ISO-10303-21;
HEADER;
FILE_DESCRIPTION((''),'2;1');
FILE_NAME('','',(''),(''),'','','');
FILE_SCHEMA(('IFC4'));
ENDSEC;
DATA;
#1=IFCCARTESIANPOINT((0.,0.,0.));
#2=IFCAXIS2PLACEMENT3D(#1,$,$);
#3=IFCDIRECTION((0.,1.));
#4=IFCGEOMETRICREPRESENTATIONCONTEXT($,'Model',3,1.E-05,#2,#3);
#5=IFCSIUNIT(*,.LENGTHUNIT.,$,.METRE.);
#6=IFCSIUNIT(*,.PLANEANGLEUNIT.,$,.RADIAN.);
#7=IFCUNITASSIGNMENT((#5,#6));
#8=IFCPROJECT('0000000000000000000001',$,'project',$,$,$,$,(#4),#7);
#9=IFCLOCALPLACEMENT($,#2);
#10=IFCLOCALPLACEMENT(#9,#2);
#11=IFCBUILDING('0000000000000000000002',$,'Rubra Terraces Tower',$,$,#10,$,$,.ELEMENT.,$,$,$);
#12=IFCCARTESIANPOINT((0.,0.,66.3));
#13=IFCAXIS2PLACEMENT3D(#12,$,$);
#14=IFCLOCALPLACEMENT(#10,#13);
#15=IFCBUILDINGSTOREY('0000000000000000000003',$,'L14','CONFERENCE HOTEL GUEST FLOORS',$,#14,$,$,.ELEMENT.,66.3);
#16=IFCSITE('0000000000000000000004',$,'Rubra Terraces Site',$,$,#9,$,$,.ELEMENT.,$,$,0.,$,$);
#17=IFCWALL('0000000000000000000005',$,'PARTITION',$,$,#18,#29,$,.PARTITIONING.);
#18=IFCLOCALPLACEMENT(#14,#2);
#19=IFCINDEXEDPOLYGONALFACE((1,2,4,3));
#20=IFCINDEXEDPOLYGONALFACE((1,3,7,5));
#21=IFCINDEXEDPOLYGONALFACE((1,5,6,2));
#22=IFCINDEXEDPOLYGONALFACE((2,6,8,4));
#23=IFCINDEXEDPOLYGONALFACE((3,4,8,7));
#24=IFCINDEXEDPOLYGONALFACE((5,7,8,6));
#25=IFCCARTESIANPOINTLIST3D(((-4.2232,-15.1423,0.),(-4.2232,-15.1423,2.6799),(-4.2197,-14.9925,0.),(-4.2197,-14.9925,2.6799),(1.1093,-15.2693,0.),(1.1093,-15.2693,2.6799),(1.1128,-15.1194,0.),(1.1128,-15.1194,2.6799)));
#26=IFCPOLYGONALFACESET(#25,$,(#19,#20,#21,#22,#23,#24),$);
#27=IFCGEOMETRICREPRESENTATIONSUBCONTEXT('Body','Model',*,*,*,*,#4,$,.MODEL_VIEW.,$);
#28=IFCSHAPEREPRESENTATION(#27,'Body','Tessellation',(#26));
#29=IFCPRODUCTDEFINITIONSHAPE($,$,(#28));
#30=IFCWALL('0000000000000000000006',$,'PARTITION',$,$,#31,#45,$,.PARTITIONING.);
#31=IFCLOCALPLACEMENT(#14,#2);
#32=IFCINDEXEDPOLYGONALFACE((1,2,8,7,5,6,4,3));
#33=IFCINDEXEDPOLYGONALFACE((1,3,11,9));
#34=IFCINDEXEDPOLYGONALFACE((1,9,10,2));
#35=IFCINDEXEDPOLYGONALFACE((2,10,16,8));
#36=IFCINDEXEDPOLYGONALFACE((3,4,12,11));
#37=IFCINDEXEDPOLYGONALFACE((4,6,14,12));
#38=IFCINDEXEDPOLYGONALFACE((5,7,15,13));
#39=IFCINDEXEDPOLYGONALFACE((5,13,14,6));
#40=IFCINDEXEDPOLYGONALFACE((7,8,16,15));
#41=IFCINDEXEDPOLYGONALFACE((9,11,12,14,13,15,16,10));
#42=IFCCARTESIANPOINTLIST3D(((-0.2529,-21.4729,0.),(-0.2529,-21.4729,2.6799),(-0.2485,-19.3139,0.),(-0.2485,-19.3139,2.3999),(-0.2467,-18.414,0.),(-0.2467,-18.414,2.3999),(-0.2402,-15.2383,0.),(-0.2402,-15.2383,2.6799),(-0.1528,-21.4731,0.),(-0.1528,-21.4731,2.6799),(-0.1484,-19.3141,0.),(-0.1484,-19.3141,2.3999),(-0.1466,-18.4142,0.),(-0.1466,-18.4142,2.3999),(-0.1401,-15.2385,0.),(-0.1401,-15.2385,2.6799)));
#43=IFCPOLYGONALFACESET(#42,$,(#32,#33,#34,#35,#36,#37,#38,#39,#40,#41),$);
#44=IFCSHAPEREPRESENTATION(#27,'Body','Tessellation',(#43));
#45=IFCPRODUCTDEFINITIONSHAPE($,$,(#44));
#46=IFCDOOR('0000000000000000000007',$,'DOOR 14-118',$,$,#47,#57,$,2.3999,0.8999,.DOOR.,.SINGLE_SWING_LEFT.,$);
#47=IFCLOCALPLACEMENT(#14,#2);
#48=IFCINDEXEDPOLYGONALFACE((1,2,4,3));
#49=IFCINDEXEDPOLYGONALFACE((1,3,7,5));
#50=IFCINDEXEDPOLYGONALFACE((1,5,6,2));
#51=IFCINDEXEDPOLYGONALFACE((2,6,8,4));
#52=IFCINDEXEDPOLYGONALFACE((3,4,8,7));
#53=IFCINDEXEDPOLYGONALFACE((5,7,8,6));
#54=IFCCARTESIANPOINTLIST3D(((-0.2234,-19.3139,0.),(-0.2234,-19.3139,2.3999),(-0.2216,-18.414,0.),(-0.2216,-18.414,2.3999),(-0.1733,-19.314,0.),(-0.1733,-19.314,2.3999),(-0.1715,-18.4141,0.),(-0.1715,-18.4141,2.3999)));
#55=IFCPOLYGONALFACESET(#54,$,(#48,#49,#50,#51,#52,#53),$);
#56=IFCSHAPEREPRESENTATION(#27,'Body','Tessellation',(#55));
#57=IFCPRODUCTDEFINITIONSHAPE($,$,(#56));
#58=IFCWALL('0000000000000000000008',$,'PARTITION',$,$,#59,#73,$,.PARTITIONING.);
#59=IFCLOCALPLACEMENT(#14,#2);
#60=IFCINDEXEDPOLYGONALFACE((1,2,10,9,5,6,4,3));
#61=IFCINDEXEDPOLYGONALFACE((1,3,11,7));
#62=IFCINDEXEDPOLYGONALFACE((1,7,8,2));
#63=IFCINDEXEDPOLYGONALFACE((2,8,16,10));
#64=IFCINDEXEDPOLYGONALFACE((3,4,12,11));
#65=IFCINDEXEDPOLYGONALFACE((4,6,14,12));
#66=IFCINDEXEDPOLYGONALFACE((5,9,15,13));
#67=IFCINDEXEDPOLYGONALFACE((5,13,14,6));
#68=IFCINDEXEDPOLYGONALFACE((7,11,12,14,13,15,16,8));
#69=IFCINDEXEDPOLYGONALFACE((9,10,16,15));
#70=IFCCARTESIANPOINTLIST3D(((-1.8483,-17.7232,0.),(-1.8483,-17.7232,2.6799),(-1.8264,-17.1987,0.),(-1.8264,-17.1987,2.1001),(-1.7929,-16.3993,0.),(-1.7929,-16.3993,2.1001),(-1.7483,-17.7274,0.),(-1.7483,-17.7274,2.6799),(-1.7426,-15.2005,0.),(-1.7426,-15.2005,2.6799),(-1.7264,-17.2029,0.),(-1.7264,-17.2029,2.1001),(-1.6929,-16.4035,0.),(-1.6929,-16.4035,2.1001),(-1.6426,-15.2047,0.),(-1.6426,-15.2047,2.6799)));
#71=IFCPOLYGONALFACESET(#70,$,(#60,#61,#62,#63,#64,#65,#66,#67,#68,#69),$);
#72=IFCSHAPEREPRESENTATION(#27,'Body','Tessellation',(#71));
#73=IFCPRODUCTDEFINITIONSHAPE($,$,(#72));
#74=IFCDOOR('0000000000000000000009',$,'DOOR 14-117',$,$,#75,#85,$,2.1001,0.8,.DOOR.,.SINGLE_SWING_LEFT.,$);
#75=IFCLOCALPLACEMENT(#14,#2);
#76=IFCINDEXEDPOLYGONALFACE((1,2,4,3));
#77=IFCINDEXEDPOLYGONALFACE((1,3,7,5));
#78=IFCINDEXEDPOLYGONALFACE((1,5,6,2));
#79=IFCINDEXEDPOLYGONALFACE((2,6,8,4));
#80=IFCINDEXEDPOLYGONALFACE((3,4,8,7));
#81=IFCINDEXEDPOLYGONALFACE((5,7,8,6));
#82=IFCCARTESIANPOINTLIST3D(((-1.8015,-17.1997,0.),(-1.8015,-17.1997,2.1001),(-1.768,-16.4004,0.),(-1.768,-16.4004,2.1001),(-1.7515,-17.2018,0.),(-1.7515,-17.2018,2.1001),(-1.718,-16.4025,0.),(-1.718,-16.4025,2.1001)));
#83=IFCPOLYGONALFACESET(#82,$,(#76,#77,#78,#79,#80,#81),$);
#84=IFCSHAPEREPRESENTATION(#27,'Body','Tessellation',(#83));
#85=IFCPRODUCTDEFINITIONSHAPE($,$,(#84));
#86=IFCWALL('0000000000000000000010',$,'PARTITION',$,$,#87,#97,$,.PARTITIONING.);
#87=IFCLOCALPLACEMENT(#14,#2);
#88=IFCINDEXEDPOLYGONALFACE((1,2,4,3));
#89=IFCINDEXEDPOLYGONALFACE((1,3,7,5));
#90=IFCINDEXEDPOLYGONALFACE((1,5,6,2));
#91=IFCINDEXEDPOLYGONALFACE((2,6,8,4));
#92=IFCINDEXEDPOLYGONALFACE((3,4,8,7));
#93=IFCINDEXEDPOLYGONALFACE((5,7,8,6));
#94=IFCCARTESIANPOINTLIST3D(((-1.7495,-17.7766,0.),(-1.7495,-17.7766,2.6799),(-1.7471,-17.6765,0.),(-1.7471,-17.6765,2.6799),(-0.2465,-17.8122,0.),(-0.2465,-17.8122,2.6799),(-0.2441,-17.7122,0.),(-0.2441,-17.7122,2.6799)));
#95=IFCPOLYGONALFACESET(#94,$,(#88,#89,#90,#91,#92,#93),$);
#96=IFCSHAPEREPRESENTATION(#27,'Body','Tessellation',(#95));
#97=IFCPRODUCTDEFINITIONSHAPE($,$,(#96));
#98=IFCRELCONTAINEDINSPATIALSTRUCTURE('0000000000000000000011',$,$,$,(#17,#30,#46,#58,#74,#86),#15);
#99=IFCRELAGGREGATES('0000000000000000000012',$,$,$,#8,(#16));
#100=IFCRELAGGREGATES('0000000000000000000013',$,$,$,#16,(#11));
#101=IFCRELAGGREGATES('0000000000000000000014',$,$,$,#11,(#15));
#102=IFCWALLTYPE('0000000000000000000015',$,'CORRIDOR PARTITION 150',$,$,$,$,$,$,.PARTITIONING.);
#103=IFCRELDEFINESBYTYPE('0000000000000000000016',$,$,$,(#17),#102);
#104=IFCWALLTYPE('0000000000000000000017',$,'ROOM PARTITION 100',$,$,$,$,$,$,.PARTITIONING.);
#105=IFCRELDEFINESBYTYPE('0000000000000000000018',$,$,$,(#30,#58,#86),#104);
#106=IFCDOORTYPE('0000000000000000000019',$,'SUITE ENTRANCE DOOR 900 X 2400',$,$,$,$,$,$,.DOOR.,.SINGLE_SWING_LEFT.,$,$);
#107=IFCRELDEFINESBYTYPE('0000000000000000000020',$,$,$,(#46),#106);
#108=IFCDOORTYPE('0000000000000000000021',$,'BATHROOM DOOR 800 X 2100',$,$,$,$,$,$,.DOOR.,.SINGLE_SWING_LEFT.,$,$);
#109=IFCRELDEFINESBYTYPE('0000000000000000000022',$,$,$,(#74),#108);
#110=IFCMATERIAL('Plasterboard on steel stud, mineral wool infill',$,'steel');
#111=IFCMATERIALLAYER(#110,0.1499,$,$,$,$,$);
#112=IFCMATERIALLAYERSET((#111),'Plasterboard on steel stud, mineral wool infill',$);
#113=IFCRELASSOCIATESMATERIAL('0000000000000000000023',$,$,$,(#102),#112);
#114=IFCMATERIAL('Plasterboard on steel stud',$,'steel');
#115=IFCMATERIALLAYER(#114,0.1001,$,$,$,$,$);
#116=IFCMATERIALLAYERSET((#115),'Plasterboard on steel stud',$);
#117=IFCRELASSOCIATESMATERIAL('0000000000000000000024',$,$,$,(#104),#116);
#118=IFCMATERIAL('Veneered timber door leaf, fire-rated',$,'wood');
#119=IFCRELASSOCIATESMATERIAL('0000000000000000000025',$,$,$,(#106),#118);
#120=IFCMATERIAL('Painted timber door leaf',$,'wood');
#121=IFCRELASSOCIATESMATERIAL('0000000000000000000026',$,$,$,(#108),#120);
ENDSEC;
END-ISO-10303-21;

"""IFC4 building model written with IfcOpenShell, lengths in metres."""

from ifc_helpers import new_model, si_unit, direction, frame, frame_2d, origin, place, context, subcontext, project, spatial, rectangle, extrude, material, layer, layer_set, type_object, element, fill, save


model = new_model("IFC4")

# Units and contexts
model_context = context("Model", 3, precision=1e-05, world=origin(), true_north=direction((0.0, 1.0)))
body_context = subcontext(model_context, "Body", "Model", "MODEL_VIEW")
ifc_project = project(units=[si_unit("LENGTHUNIT", "METRE"), si_unit("PLANEANGLEUNIT", "RADIAN")], contexts=[model_context])

# Site, building, storey
site_placement = place(None, origin())
site = spatial("IfcSite", under=ifc_project, at=site_placement, Name="Rubra Terraces Site", CompositionType="ELEMENT", RefElevation=0.0)
building_placement = place(site_placement, origin())
building = spatial("IfcBuilding", under=site, at=building_placement, Name="Rubra Terraces Tower", CompositionType="ELEMENT")
storey_placement = place(building_placement, frame((0.0, 0.0, 66.3)))
storey = spatial("IfcBuildingStorey", under=building, at=storey_placement, Name="L14", Description="CONFERENCE HOTEL GUEST FLOORS", CompositionType="ELEMENT", Elevation=66.3)

# Wall
ifc_material_1 = material(Name="Plasterboard on steel stud, mineral wool infill", Category="steel")
ifc_layer_1 = layer(ifc_material_1, 0.1499)
ifc_layer_set_1 = layer_set([ifc_layer_1], Name="Plasterboard on steel stud, mineral wool infill")
wall_type_1 = type_object("IfcWallType", Name="CORRIDOR PARTITION 150", PredefinedType="PARTITIONING", material=ifc_layer_set_1)
wall_1_placement = place(storey_placement, frame((-4.2214, -15.0674, 0.0), z_axis=(0.0, 0.0, 1.0), x_axis=(0.999717, -0.023801, 0.0)))
element("IfcWall", 1, at=wall_1_placement, inside=storey, type_object=wall_type_1, Name="PARTITION", PredefinedType="PARTITIONING", context=body_context, shape_type="SweptSolid", body=[
    extrude(rectangle(XDim=5.334, YDim=0.1499, at=frame_2d((2.667, 0.0))), origin(), (0.0, 0.0, 1.0), 2.6799),
])

# Walls, openings, doors
ifc_material_2 = material(Name="Plasterboard on steel stud", Category="steel")
ifc_layer_2 = layer(ifc_material_2, 0.1001)
ifc_layer_set_2 = layer_set([ifc_layer_2], Name="Plasterboard on steel stud")
wall_type_2 = type_object("IfcWallType", Name="ROOM PARTITION 100", PredefinedType="PARTITIONING", material=ifc_layer_set_2)
wall_2_placement = place(storey_placement, frame((-0.2029, -21.4729, 0.0), z_axis=(0.0, 0.0, 1.0), x_axis=(0.002036, 0.999998, 0.0)))
wall_2 = element("IfcWall", 2, at=wall_2_placement, inside=storey, type_object=wall_type_2, Name="PARTITION", PredefinedType="PARTITIONING", context=body_context, shape_type="SweptSolid", body=[
    extrude(rectangle(XDim=6.2346, YDim=0.1001, at=frame_2d((3.1172, 0.0))), origin(), (0.0, 0.0, 1.0), 2.6799),
])
opening_1_placement = place(wall_2_placement, frame((2.1589, 0.0, 0.0)))
opening_1 = element("IfcOpeningElement", 3, at=opening_1_placement, cuts=wall_2, PredefinedType="OPENING", context=body_context, shape_type="SweptSolid", body=[
    extrude(rectangle(XDim=0.8999, YDim=2.3999, at=frame_2d((0.45, 1.2))), frame((0.0, 0.0601, 0.0), z_axis=(0.0, -1.0, 0.0), x_axis=(1.0, 0.0, 0.0)), (0.0, 0.0, 1.0), 0.1201),
])
ifc_material_3 = material(Name="Veneered timber door leaf, fire-rated", Category="wood")
door_type_1 = type_object("IfcDoorType", Name="SUITE ENTRANCE DOOR 900 X 2400", OperationType="SINGLE_SWING_LEFT", PredefinedType="DOOR", material=ifc_material_3)
door_1_placement = place(opening_1_placement, origin())
door_1 = element("IfcDoor", 4, at=door_1_placement, inside=storey, type_object=door_type_1, Name="DOOR 14-118", OperationType="SINGLE_SWING_LEFT", OverallHeight=2.3999, OverallWidth=0.8999, PredefinedType="DOOR", context=body_context, shape_type="SweptSolid", body=[
    extrude(rectangle(XDim=0.8999, YDim=2.3999, at=frame_2d((0.45, 1.2))), frame((0.0, 0.0249, 0.0), z_axis=(0.0, -1.0, 0.0), x_axis=(1.0, 0.0, 0.0)), (0.0, 0.0, 1.0), 0.05),
])
fill(opening_1, door_1)
wall_3_placement = place(storey_placement, frame((-1.6926, -15.2026, 0.0), z_axis=(0.0, 0.0, 1.0), x_axis=(-0.041868, -0.999123, 0.0)))
wall_3 = element("IfcWall", 5, at=wall_3_placement, inside=storey, type_object=wall_type_2, Name="PARTITION", PredefinedType="PARTITIONING", context=body_context, shape_type="SweptSolid", body=[
    extrude(rectangle(XDim=2.5249, YDim=0.1001, at=frame_2d((1.2625, 0.0))), origin(), (0.0, 0.0, 1.0), 2.6799),
])
opening_2_placement = place(wall_3_placement, frame((1.2, 0.0, 0.0)))
opening_2 = element("IfcOpeningElement", 6, at=opening_2_placement, cuts=wall_3, PredefinedType="OPENING", context=body_context, shape_type="SweptSolid", body=[
    extrude(rectangle(XDim=0.8, YDim=2.1001, at=frame_2d((0.3999, 1.05))), frame((0.0, 0.0601, 0.0), z_axis=(0.0, -1.0, 0.0), x_axis=(1.0, 0.0, 0.0)), (0.0, 0.0, 1.0), 0.1201),
])
ifc_material_4 = material(Name="Painted timber door leaf", Category="wood")
door_type_2 = type_object("IfcDoorType", Name="BATHROOM DOOR 800 X 2100", OperationType="SINGLE_SWING_LEFT", PredefinedType="DOOR", material=ifc_material_4)
door_2_placement = place(opening_2_placement, origin())
door_2 = element("IfcDoor", 7, at=door_2_placement, inside=storey, type_object=door_type_2, Name="DOOR 14-117", OperationType="SINGLE_SWING_LEFT", OverallHeight=2.1001, OverallWidth=0.8, PredefinedType="DOOR", context=body_context, shape_type="SweptSolid", body=[
    extrude(rectangle(XDim=0.8, YDim=2.1001, at=frame_2d((0.3999, 1.05))), frame((0.0, 0.0249, 0.0), z_axis=(0.0, -1.0, 0.0), x_axis=(1.0, 0.0, 0.0)), (0.0, 0.0, 1.0), 0.05),
])
fill(opening_2, door_2)

# Wall
wall_4_placement = place(storey_placement, frame((-1.7483, -17.7266, 0.0), z_axis=(0.0, 0.0, 1.0), x_axis=(0.999719, -0.02371, 0.0)))
element("IfcWall", 8, at=wall_4_placement, inside=storey, type_object=wall_type_2, Name="PARTITION", PredefinedType="PARTITIONING", context=body_context, shape_type="SweptSolid", body=[
    extrude(rectangle(XDim=1.5034, YDim=0.1001, at=frame_2d((0.7517, 0.0))), origin(), (0.0, 0.0, 1.0), 2.6799),
])

save(model, "model.ifc")
